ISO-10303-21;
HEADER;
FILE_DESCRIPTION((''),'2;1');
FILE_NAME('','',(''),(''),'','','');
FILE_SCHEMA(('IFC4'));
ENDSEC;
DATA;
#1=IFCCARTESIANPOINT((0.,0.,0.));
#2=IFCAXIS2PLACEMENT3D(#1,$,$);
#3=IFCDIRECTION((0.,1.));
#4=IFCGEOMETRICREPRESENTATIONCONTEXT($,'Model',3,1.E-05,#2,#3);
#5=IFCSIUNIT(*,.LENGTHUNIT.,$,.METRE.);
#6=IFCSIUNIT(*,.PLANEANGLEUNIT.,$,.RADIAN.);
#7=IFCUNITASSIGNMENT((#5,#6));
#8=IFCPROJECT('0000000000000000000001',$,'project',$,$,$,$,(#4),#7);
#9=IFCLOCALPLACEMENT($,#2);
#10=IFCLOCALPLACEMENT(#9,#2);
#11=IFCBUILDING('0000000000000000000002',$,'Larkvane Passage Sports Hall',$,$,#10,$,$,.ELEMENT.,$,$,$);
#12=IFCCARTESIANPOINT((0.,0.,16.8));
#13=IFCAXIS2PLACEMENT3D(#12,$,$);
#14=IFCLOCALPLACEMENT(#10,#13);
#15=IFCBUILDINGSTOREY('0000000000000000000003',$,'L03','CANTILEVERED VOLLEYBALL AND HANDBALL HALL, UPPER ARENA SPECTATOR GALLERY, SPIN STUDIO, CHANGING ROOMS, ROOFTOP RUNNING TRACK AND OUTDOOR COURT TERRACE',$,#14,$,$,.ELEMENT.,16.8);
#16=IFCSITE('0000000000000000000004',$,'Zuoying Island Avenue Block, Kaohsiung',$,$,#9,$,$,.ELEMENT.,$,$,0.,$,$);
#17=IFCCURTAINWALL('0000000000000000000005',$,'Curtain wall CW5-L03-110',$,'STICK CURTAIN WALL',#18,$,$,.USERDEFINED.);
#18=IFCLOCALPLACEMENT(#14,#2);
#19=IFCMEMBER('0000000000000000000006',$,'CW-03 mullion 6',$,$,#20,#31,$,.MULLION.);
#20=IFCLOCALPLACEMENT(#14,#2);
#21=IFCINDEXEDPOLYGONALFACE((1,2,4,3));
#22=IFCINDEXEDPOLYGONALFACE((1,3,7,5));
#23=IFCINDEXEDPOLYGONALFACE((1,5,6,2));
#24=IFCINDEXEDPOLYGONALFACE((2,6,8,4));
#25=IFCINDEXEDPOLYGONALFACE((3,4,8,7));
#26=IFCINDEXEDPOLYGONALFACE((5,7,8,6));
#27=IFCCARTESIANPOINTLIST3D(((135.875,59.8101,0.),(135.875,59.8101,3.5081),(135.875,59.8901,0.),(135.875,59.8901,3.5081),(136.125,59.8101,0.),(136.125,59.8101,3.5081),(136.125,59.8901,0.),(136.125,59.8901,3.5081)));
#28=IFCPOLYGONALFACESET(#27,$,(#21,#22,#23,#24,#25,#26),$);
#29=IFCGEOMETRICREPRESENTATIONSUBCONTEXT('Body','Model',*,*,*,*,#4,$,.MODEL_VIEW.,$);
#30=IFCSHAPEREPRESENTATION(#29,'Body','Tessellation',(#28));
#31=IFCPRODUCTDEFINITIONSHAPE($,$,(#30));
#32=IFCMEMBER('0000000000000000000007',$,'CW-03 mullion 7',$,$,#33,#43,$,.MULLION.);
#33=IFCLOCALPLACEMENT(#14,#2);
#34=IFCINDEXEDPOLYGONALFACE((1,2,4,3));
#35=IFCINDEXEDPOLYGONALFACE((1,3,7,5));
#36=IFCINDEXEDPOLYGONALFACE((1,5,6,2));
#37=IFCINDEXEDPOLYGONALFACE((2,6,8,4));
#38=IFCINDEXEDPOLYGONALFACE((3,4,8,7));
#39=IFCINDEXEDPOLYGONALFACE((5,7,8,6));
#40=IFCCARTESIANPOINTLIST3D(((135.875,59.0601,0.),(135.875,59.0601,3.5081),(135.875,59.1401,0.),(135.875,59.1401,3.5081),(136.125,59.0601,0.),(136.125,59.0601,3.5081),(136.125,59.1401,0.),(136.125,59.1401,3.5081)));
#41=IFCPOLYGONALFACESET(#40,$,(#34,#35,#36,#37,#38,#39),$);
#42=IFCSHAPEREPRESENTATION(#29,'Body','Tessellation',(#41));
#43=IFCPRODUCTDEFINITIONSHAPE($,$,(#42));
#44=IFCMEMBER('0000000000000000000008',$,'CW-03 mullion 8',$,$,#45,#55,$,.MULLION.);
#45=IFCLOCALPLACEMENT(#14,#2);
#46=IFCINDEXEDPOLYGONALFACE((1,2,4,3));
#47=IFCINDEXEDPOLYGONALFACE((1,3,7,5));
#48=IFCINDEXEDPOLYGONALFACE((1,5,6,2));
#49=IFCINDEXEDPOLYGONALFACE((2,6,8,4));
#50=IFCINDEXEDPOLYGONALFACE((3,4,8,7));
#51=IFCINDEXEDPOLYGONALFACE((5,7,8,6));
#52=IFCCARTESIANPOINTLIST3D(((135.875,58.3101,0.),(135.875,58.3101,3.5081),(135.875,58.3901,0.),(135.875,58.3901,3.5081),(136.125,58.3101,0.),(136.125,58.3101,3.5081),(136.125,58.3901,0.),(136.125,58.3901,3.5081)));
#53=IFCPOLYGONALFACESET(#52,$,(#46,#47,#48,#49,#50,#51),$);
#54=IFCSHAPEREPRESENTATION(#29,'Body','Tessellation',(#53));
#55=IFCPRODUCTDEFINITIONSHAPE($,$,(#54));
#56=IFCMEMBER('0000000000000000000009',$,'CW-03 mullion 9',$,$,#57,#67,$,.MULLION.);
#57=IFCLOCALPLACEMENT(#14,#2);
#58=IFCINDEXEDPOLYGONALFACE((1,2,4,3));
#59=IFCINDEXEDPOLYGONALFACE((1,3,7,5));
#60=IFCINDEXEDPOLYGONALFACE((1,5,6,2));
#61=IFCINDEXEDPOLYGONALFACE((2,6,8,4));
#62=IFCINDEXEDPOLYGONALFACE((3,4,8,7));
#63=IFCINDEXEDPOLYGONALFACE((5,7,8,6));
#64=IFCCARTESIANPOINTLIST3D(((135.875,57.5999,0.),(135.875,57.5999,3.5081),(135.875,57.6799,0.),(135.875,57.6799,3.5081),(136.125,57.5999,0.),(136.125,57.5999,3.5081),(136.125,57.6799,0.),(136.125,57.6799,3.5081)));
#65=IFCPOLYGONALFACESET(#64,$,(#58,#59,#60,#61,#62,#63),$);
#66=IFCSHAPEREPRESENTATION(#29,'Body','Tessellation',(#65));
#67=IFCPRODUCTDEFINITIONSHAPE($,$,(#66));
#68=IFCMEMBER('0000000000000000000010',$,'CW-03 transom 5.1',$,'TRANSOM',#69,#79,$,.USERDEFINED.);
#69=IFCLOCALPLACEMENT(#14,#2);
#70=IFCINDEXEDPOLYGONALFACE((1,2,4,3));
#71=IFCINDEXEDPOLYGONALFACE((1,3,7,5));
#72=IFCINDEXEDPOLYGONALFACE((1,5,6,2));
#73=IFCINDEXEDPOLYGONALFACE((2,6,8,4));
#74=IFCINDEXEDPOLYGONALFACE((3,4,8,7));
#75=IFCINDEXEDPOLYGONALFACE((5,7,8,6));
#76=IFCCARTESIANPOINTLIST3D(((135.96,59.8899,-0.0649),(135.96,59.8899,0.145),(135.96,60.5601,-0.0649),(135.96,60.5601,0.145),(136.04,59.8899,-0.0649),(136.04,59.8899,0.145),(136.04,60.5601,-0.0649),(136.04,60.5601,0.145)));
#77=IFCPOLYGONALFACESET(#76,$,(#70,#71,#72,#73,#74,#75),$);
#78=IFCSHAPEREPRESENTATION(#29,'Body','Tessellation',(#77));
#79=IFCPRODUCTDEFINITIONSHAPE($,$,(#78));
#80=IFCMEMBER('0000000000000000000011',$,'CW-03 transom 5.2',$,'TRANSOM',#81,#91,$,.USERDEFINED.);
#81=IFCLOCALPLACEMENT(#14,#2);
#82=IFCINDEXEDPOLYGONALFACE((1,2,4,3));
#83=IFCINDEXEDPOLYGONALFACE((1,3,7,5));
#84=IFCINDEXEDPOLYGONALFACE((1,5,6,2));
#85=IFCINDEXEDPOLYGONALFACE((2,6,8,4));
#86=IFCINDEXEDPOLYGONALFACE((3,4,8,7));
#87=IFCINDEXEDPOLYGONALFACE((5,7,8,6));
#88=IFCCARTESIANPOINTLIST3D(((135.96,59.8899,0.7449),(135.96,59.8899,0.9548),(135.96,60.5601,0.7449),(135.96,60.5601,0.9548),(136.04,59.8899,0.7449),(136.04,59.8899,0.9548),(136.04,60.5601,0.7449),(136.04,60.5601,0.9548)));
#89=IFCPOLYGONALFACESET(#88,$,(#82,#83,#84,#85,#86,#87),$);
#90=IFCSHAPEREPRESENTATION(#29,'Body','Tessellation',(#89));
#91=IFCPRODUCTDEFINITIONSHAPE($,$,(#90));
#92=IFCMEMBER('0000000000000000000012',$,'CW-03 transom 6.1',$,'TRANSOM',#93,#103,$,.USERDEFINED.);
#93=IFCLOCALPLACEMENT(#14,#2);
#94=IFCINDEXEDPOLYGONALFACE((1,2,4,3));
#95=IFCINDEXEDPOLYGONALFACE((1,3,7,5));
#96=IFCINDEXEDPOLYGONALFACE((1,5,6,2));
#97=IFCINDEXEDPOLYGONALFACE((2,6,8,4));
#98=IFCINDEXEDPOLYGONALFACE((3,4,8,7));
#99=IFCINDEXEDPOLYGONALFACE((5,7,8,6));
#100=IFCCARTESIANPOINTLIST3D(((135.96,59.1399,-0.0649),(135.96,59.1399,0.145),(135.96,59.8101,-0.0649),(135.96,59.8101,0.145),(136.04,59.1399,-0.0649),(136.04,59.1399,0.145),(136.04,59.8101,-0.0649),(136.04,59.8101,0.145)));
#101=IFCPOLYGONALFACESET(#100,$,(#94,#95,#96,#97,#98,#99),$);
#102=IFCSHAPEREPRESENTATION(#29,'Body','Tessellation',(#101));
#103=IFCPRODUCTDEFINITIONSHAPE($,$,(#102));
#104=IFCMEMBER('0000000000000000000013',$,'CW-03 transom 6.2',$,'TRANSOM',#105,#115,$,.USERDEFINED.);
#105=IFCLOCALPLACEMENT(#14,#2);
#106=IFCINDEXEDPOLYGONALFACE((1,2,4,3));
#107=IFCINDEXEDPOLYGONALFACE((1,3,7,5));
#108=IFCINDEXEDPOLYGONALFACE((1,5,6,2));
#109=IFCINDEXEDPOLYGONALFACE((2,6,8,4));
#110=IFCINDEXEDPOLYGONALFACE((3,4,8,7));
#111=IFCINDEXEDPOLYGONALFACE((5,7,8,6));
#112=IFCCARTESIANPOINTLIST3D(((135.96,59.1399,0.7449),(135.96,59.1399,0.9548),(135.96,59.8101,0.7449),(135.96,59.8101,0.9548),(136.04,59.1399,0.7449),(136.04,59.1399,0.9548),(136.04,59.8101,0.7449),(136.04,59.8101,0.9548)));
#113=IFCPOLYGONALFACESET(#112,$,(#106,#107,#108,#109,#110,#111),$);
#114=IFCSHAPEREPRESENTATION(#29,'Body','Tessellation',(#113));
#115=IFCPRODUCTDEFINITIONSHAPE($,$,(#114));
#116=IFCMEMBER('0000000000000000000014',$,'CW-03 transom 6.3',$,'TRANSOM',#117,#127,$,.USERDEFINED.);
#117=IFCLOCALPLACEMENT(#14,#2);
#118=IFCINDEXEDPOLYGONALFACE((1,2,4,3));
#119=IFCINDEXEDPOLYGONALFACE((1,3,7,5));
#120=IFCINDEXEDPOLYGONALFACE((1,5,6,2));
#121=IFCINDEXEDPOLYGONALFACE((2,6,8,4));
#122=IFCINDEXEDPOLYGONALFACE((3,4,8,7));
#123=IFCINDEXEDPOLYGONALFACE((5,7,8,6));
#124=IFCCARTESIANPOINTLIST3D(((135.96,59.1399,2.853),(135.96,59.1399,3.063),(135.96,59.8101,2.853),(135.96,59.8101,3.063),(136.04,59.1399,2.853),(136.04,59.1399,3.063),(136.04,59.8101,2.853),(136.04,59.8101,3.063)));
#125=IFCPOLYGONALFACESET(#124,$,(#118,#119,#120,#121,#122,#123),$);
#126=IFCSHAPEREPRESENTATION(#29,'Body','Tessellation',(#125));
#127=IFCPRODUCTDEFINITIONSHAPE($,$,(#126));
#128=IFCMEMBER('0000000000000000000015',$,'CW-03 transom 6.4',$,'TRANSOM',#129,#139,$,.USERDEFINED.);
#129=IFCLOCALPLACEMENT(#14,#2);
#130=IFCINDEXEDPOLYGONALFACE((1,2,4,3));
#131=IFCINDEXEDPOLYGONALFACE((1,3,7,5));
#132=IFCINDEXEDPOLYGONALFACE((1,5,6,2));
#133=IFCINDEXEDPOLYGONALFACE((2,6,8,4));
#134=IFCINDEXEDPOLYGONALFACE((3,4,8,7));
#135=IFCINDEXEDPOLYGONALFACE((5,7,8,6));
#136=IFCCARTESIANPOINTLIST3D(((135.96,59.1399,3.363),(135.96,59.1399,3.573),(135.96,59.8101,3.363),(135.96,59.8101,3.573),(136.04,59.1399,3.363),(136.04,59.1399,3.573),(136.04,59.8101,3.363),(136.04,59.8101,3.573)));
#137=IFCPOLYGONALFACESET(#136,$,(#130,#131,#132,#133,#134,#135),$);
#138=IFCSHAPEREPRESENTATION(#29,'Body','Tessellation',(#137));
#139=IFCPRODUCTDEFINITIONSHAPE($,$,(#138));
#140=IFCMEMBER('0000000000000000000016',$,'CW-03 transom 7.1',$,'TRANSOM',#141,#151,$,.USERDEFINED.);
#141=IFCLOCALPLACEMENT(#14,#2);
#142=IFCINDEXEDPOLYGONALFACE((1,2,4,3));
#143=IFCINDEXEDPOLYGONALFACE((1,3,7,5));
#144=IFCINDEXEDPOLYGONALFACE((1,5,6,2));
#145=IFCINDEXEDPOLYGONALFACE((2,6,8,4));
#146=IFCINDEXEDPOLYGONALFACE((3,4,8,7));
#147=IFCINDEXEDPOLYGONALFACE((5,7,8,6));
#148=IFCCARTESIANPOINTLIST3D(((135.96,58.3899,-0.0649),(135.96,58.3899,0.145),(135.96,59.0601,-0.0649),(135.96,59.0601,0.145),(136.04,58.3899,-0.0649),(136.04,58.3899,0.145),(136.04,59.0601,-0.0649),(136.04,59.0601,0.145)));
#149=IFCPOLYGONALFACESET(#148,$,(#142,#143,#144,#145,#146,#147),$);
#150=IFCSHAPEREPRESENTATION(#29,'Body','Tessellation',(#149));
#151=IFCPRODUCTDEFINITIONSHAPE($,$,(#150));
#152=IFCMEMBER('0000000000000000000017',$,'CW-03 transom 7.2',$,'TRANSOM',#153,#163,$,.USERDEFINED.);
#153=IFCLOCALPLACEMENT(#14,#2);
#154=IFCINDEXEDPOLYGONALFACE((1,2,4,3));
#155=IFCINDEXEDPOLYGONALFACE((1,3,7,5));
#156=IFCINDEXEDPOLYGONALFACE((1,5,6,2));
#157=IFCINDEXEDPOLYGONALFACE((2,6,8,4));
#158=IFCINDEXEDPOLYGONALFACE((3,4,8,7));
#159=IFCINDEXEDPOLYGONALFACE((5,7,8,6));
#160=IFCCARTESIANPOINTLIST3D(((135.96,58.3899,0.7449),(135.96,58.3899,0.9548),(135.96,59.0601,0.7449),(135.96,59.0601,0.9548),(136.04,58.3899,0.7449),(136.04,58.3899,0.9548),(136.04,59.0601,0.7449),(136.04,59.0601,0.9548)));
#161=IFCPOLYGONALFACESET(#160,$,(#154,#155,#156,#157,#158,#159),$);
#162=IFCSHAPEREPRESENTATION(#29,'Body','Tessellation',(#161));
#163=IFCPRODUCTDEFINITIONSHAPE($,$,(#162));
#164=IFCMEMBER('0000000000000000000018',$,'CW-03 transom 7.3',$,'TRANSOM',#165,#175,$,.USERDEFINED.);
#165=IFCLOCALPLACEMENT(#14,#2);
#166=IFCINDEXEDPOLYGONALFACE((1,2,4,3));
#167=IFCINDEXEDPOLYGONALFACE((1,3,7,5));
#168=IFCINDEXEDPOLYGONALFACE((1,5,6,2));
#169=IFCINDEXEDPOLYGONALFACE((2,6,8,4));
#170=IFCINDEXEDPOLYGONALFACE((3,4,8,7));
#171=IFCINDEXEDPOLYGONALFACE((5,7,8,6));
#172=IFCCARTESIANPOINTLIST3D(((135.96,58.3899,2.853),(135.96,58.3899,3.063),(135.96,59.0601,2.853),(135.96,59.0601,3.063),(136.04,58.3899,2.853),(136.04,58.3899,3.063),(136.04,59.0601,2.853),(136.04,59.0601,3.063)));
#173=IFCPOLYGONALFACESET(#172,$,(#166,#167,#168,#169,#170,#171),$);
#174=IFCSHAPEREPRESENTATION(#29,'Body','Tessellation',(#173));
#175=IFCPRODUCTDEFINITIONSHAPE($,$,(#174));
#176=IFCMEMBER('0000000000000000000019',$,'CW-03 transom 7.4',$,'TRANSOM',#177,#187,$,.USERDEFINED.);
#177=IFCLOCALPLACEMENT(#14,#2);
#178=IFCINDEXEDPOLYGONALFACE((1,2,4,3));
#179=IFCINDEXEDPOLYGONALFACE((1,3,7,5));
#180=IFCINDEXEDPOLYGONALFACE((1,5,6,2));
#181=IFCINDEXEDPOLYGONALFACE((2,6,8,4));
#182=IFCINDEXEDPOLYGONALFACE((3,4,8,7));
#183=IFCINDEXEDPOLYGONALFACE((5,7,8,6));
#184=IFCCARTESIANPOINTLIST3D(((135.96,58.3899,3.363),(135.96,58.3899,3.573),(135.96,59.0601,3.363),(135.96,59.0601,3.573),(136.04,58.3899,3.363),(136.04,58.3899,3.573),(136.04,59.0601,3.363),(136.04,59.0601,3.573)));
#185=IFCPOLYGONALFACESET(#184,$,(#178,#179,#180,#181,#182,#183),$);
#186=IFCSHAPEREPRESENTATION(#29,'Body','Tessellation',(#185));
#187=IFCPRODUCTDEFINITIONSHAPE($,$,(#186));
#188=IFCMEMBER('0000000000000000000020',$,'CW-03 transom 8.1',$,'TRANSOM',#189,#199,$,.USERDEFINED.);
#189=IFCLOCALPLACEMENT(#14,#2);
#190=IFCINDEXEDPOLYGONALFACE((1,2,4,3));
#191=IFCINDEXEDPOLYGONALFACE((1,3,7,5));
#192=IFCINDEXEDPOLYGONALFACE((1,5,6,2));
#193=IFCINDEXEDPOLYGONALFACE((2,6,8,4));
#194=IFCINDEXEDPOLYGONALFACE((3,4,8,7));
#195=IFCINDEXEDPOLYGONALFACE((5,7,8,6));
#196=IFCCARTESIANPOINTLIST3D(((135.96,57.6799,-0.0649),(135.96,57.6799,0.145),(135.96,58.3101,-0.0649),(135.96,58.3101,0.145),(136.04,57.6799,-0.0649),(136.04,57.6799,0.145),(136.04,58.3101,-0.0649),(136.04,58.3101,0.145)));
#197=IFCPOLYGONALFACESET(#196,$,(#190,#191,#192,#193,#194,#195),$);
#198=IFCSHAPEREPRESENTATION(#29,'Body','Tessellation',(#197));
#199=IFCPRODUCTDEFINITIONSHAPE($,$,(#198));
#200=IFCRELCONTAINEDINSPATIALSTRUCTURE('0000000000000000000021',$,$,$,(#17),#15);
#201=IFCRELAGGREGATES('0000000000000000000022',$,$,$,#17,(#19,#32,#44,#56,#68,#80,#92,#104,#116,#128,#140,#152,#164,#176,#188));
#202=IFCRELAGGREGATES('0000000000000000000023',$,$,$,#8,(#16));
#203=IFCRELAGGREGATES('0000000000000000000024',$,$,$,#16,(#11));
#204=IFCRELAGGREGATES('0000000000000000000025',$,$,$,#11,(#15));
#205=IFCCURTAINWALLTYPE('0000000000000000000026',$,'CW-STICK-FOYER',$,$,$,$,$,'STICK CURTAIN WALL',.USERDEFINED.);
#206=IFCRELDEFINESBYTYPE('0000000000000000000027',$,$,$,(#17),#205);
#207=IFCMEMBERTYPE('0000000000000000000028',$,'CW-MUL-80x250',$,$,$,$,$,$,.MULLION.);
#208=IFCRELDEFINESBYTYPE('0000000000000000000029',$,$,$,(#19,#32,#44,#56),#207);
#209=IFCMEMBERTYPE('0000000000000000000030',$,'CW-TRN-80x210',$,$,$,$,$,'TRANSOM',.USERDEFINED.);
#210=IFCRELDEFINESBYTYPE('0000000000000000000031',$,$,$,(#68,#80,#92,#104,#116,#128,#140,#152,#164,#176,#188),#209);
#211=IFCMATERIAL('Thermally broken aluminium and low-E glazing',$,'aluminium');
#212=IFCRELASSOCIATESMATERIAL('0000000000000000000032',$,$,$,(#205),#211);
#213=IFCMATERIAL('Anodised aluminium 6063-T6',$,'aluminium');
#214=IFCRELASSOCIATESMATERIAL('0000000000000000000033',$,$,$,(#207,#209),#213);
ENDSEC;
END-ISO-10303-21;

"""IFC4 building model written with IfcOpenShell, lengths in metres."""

from ifc_helpers import new_model, si_unit, direction, frame, origin, origin_2d, place, context, subcontext, project, spatial, rectangle, extrude, material, material_profile, profile_set, type_object, element, aggregate, save


model = new_model("IFC4")

# Units and contexts
model_context = context("Model", 3, precision=1e-05, world=origin(), true_north=direction((0.0, 1.0)))
body_context = subcontext(model_context, "Body", "Model", "MODEL_VIEW")
ifc_project = project(units=[si_unit("LENGTHUNIT", "METRE"), si_unit("PLANEANGLEUNIT", "RADIAN")], contexts=[model_context])

# Site, building, storey
site_placement = place(None, origin())
site = spatial("IfcSite", under=ifc_project, at=site_placement, Name="Zuoying Island Avenue Block, Kaohsiung", CompositionType="ELEMENT", RefElevation=0.0)
building_placement = place(site_placement, origin())
building = spatial("IfcBuilding", under=site, at=building_placement, Name="Larkvane Passage Sports Hall", CompositionType="ELEMENT")
storey_placement = place(building_placement, frame((0.0, 0.0, 16.8)))
storey = spatial("IfcBuildingStorey", under=building, at=storey_placement, Name="L03", Description="CANTILEVERED VOLLEYBALL AND HANDBALL HALL, UPPER ARENA SPECTATOR GALLERY, SPIN STUDIO, CHANGING ROOMS, ROOFTOP RUNNING TRACK AND OUTDOOR COURT TERRACE", CompositionType="ELEMENT", Elevation=16.8)

# Curtain wall, members
ifc_material_1 = material(Name="Thermally broken aluminium and low-E glazing", Category="aluminium")
curtain_wall_type = type_object("IfcCurtainWallType", Name="CW-STICK-FOYER", ElementType="STICK CURTAIN WALL", PredefinedType="USERDEFINED", material=ifc_material_1)
curtain_wall_placement = place(storey_placement, origin())
curtain_wall = element("IfcCurtainWall", 1, at=curtain_wall_placement, inside=storey, type_object=curtain_wall_type, Name="Curtain wall CW5-L03-110", ObjectType="STICK CURTAIN WALL", PredefinedType="USERDEFINED")
ifc_material_2 = material(Name="Anodised aluminium 6063-T6", Category="aluminium")
ifc_material_profile_1 = material_profile(ifc_material_2, rectangle(XDim=0.0801, YDim=0.25, at=origin_2d()), Name="ALU-MUL-80x250")
ifc_profile_set_1 = profile_set([ifc_material_profile_1], Name="Anodised aluminium 6063-T6")
member_type_1 = type_object("IfcMemberType", Name="CW-MUL-80x250", PredefinedType="MULLION", material=ifc_profile_set_1)
member_1_placement = place(storey_placement, frame((136.0, 59.8501, 0.0), z_axis=(0.0, 0.0, 1.0), x_axis=(0.0, -1.0, 0.0)))
member_1 = element("IfcMember", 2, at=member_1_placement, type_object=member_type_1, Name="CW-03 mullion 6", PredefinedType="MULLION", context=body_context, shape_type="SweptSolid", body=[
    extrude(rectangle(XDim=0.0801, YDim=0.25, at=origin_2d()), origin(), (0.0, 0.0, 1.0), 3.5081),
])
member_2_placement = place(storey_placement, frame((136.0, 59.1001, 0.0), z_axis=(0.0, 0.0, 1.0), x_axis=(0.0, -1.0, 0.0)))
member_2 = element("IfcMember", 3, at=member_2_placement, type_object=member_type_1, Name="CW-03 mullion 7", PredefinedType="MULLION", context=body_context, shape_type="SweptSolid", body=[
    extrude(rectangle(XDim=0.0801, YDim=0.25, at=origin_2d()), origin(), (0.0, 0.0, 1.0), 3.5081),
])
member_3_placement = place(storey_placement, frame((136.0, 58.3501, 0.0), z_axis=(0.0, 0.0, 1.0), x_axis=(0.0, -1.0, 0.0)))
member_3 = element("IfcMember", 4, at=member_3_placement, type_object=member_type_1, Name="CW-03 mullion 8", PredefinedType="MULLION", context=body_context, shape_type="SweptSolid", body=[
    extrude(rectangle(XDim=0.0801, YDim=0.25, at=origin_2d()), origin(), (0.0, 0.0, 1.0), 3.5081),
])
member_4_placement = place(storey_placement, frame((136.0, 57.6399, 0.0), z_axis=(0.0, 0.0, 1.0), x_axis=(0.0, -1.0, 0.0)))
member_4 = element("IfcMember", 5, at=member_4_placement, type_object=member_type_1, Name="CW-03 mullion 9", PredefinedType="MULLION", context=body_context, shape_type="SweptSolid", body=[
    extrude(rectangle(XDim=0.0801, YDim=0.25, at=origin_2d()), origin(), (0.0, 0.0, 1.0), 3.5081),
])
ifc_material_profile_2 = material_profile(ifc_material_2, rectangle(XDim=0.0801, YDim=0.21, at=origin_2d()), Name="ALU-TRN-80x210")
ifc_profile_set_2 = profile_set([ifc_material_profile_2], Name="Anodised aluminium 6063-T6")
member_type_2 = type_object("IfcMemberType", Name="CW-TRN-80x210", ElementType="TRANSOM", PredefinedType="USERDEFINED", material=ifc_profile_set_2)
member_5_placement = place(storey_placement, frame((136.0, 60.5601, 0.04), z_axis=(0.0, -1.0, 0.0), x_axis=(1.0, 0.0, 0.0)))
member_5 = element("IfcMember", 6, at=member_5_placement, type_object=member_type_2, Name="CW-03 transom 5.1", ObjectType="TRANSOM", PredefinedType="USERDEFINED", context=body_context, shape_type="SweptSolid", body=[
    extrude(rectangle(XDim=0.0801, YDim=0.21, at=origin_2d()), origin(), (0.0, 0.0, 1.0), 0.6702),
])
member_6_placement = place(storey_placement, frame((136.0, 60.5601, 0.8499), z_axis=(0.0, -1.0, 0.0), x_axis=(1.0, 0.0, 0.0)))
member_6 = element("IfcMember", 7, at=member_6_placement, type_object=member_type_2, Name="CW-03 transom 5.2", ObjectType="TRANSOM", PredefinedType="USERDEFINED", context=body_context, shape_type="SweptSolid", body=[
    extrude(rectangle(XDim=0.0801, YDim=0.21, at=origin_2d()), origin(), (0.0, 0.0, 1.0), 0.6702),
])
member_7_placement = place(storey_placement, frame((136.0, 59.8101, 0.04), z_axis=(0.0, -1.0, 0.0), x_axis=(1.0, 0.0, 0.0)))
member_7 = element("IfcMember", 8, at=member_7_placement, type_object=member_type_2, Name="CW-03 transom 6.1", ObjectType="TRANSOM", PredefinedType="USERDEFINED", context=body_context, shape_type="SweptSolid", body=[
    extrude(rectangle(XDim=0.0801, YDim=0.21, at=origin_2d()), origin(), (0.0, 0.0, 1.0), 0.6702),
])
member_8_placement = place(storey_placement, frame((136.0, 59.8101, 0.8499), z_axis=(0.0, -1.0, 0.0), x_axis=(1.0, 0.0, 0.0)))
member_8 = element("IfcMember", 9, at=member_8_placement, type_object=member_type_2, Name="CW-03 transom 6.2", ObjectType="TRANSOM", PredefinedType="USERDEFINED", context=body_context, shape_type="SweptSolid", body=[
    extrude(rectangle(XDim=0.0801, YDim=0.21, at=origin_2d()), origin(), (0.0, 0.0, 1.0), 0.6702),
])
member_9_placement = place(storey_placement, frame((136.0, 59.8101, 2.958), z_axis=(0.0, -1.0, 0.0), x_axis=(1.0, 0.0, 0.0)))
member_9 = element("IfcMember", 10, at=member_9_placement, type_object=member_type_2, Name="CW-03 transom 6.3", ObjectType="TRANSOM", PredefinedType="USERDEFINED", context=body_context, shape_type="SweptSolid", body=[
    extrude(rectangle(XDim=0.0801, YDim=0.21, at=origin_2d()), origin(), (0.0, 0.0, 1.0), 0.6702),
])
member_10_placement = place(storey_placement, frame((136.0, 59.8101, 3.468), z_axis=(0.0, -1.0, 0.0), x_axis=(1.0, 0.0, 0.0)))
member_10 = element("IfcMember", 11, at=member_10_placement, type_object=member_type_2, Name="CW-03 transom 6.4", ObjectType="TRANSOM", PredefinedType="USERDEFINED", context=body_context, shape_type="SweptSolid", body=[
    extrude(rectangle(XDim=0.0801, YDim=0.21, at=origin_2d()), origin(), (0.0, 0.0, 1.0), 0.6702),
])
member_11_placement = place(storey_placement, frame((136.0, 59.0601, 0.04), z_axis=(0.0, -1.0, 0.0), x_axis=(1.0, 0.0, 0.0)))
member_11 = element("IfcMember", 12, at=member_11_placement, type_object=member_type_2, Name="CW-03 transom 7.1", ObjectType="TRANSOM", PredefinedType="USERDEFINED", context=body_context, shape_type="SweptSolid", body=[
    extrude(rectangle(XDim=0.0801, YDim=0.21, at=origin_2d()), origin(), (0.0, 0.0, 1.0), 0.6702),
])
member_12_placement = place(storey_placement, frame((136.0, 59.0601, 0.8499), z_axis=(0.0, -1.0, 0.0), x_axis=(1.0, 0.0, 0.0)))
member_12 = element("IfcMember", 13, at=member_12_placement, type_object=member_type_2, Name="CW-03 transom 7.2", ObjectType="TRANSOM", PredefinedType="USERDEFINED", context=body_context, shape_type="SweptSolid", body=[
    extrude(rectangle(XDim=0.0801, YDim=0.21, at=origin_2d()), origin(), (0.0, 0.0, 1.0), 0.6702),
])
member_13_placement = place(storey_placement, frame((136.0, 59.0601, 2.958), z_axis=(0.0, -1.0, 0.0), x_axis=(1.0, 0.0, 0.0)))
member_13 = element("IfcMember", 14, at=member_13_placement, type_object=member_type_2, Name="CW-03 transom 7.3", ObjectType="TRANSOM", PredefinedType="USERDEFINED", context=body_context, shape_type="SweptSolid", body=[
    extrude(rectangle(XDim=0.0801, YDim=0.21, at=origin_2d()), origin(), (0.0, 0.0, 1.0), 0.6702),
])
member_14_placement = place(storey_placement, frame((136.0, 59.0601, 3.468), z_axis=(0.0, -1.0, 0.0), x_axis=(1.0, 0.0, 0.0)))
member_14 = element("IfcMember", 15, at=member_14_placement, type_object=member_type_2, Name="CW-03 transom 7.4", ObjectType="TRANSOM", PredefinedType="USERDEFINED", context=body_context, shape_type="SweptSolid", body=[
    extrude(rectangle(XDim=0.0801, YDim=0.21, at=origin_2d()), origin(), (0.0, 0.0, 1.0), 0.6702),
])
member_15_placement = place(storey_placement, frame((136.0, 58.3101, 0.04), z_axis=(0.0, -1.0, 0.0), x_axis=(1.0, 0.0, 0.0)))
member_15 = element("IfcMember", 16, at=member_15_placement, type_object=member_type_2, Name="CW-03 transom 8.1", ObjectType="TRANSOM", PredefinedType="USERDEFINED", context=body_context, shape_type="SweptSolid", body=[
    extrude(rectangle(XDim=0.0801, YDim=0.21, at=origin_2d()), origin(), (0.0, 0.0, 1.0), 0.6301),
])
aggregate(curtain_wall, [member_1, member_2, member_3, member_4, member_5, member_6, member_7, member_8, member_9, member_10, member_11, member_12, member_13, member_14, member_15])

save(model, "model.ifc")
